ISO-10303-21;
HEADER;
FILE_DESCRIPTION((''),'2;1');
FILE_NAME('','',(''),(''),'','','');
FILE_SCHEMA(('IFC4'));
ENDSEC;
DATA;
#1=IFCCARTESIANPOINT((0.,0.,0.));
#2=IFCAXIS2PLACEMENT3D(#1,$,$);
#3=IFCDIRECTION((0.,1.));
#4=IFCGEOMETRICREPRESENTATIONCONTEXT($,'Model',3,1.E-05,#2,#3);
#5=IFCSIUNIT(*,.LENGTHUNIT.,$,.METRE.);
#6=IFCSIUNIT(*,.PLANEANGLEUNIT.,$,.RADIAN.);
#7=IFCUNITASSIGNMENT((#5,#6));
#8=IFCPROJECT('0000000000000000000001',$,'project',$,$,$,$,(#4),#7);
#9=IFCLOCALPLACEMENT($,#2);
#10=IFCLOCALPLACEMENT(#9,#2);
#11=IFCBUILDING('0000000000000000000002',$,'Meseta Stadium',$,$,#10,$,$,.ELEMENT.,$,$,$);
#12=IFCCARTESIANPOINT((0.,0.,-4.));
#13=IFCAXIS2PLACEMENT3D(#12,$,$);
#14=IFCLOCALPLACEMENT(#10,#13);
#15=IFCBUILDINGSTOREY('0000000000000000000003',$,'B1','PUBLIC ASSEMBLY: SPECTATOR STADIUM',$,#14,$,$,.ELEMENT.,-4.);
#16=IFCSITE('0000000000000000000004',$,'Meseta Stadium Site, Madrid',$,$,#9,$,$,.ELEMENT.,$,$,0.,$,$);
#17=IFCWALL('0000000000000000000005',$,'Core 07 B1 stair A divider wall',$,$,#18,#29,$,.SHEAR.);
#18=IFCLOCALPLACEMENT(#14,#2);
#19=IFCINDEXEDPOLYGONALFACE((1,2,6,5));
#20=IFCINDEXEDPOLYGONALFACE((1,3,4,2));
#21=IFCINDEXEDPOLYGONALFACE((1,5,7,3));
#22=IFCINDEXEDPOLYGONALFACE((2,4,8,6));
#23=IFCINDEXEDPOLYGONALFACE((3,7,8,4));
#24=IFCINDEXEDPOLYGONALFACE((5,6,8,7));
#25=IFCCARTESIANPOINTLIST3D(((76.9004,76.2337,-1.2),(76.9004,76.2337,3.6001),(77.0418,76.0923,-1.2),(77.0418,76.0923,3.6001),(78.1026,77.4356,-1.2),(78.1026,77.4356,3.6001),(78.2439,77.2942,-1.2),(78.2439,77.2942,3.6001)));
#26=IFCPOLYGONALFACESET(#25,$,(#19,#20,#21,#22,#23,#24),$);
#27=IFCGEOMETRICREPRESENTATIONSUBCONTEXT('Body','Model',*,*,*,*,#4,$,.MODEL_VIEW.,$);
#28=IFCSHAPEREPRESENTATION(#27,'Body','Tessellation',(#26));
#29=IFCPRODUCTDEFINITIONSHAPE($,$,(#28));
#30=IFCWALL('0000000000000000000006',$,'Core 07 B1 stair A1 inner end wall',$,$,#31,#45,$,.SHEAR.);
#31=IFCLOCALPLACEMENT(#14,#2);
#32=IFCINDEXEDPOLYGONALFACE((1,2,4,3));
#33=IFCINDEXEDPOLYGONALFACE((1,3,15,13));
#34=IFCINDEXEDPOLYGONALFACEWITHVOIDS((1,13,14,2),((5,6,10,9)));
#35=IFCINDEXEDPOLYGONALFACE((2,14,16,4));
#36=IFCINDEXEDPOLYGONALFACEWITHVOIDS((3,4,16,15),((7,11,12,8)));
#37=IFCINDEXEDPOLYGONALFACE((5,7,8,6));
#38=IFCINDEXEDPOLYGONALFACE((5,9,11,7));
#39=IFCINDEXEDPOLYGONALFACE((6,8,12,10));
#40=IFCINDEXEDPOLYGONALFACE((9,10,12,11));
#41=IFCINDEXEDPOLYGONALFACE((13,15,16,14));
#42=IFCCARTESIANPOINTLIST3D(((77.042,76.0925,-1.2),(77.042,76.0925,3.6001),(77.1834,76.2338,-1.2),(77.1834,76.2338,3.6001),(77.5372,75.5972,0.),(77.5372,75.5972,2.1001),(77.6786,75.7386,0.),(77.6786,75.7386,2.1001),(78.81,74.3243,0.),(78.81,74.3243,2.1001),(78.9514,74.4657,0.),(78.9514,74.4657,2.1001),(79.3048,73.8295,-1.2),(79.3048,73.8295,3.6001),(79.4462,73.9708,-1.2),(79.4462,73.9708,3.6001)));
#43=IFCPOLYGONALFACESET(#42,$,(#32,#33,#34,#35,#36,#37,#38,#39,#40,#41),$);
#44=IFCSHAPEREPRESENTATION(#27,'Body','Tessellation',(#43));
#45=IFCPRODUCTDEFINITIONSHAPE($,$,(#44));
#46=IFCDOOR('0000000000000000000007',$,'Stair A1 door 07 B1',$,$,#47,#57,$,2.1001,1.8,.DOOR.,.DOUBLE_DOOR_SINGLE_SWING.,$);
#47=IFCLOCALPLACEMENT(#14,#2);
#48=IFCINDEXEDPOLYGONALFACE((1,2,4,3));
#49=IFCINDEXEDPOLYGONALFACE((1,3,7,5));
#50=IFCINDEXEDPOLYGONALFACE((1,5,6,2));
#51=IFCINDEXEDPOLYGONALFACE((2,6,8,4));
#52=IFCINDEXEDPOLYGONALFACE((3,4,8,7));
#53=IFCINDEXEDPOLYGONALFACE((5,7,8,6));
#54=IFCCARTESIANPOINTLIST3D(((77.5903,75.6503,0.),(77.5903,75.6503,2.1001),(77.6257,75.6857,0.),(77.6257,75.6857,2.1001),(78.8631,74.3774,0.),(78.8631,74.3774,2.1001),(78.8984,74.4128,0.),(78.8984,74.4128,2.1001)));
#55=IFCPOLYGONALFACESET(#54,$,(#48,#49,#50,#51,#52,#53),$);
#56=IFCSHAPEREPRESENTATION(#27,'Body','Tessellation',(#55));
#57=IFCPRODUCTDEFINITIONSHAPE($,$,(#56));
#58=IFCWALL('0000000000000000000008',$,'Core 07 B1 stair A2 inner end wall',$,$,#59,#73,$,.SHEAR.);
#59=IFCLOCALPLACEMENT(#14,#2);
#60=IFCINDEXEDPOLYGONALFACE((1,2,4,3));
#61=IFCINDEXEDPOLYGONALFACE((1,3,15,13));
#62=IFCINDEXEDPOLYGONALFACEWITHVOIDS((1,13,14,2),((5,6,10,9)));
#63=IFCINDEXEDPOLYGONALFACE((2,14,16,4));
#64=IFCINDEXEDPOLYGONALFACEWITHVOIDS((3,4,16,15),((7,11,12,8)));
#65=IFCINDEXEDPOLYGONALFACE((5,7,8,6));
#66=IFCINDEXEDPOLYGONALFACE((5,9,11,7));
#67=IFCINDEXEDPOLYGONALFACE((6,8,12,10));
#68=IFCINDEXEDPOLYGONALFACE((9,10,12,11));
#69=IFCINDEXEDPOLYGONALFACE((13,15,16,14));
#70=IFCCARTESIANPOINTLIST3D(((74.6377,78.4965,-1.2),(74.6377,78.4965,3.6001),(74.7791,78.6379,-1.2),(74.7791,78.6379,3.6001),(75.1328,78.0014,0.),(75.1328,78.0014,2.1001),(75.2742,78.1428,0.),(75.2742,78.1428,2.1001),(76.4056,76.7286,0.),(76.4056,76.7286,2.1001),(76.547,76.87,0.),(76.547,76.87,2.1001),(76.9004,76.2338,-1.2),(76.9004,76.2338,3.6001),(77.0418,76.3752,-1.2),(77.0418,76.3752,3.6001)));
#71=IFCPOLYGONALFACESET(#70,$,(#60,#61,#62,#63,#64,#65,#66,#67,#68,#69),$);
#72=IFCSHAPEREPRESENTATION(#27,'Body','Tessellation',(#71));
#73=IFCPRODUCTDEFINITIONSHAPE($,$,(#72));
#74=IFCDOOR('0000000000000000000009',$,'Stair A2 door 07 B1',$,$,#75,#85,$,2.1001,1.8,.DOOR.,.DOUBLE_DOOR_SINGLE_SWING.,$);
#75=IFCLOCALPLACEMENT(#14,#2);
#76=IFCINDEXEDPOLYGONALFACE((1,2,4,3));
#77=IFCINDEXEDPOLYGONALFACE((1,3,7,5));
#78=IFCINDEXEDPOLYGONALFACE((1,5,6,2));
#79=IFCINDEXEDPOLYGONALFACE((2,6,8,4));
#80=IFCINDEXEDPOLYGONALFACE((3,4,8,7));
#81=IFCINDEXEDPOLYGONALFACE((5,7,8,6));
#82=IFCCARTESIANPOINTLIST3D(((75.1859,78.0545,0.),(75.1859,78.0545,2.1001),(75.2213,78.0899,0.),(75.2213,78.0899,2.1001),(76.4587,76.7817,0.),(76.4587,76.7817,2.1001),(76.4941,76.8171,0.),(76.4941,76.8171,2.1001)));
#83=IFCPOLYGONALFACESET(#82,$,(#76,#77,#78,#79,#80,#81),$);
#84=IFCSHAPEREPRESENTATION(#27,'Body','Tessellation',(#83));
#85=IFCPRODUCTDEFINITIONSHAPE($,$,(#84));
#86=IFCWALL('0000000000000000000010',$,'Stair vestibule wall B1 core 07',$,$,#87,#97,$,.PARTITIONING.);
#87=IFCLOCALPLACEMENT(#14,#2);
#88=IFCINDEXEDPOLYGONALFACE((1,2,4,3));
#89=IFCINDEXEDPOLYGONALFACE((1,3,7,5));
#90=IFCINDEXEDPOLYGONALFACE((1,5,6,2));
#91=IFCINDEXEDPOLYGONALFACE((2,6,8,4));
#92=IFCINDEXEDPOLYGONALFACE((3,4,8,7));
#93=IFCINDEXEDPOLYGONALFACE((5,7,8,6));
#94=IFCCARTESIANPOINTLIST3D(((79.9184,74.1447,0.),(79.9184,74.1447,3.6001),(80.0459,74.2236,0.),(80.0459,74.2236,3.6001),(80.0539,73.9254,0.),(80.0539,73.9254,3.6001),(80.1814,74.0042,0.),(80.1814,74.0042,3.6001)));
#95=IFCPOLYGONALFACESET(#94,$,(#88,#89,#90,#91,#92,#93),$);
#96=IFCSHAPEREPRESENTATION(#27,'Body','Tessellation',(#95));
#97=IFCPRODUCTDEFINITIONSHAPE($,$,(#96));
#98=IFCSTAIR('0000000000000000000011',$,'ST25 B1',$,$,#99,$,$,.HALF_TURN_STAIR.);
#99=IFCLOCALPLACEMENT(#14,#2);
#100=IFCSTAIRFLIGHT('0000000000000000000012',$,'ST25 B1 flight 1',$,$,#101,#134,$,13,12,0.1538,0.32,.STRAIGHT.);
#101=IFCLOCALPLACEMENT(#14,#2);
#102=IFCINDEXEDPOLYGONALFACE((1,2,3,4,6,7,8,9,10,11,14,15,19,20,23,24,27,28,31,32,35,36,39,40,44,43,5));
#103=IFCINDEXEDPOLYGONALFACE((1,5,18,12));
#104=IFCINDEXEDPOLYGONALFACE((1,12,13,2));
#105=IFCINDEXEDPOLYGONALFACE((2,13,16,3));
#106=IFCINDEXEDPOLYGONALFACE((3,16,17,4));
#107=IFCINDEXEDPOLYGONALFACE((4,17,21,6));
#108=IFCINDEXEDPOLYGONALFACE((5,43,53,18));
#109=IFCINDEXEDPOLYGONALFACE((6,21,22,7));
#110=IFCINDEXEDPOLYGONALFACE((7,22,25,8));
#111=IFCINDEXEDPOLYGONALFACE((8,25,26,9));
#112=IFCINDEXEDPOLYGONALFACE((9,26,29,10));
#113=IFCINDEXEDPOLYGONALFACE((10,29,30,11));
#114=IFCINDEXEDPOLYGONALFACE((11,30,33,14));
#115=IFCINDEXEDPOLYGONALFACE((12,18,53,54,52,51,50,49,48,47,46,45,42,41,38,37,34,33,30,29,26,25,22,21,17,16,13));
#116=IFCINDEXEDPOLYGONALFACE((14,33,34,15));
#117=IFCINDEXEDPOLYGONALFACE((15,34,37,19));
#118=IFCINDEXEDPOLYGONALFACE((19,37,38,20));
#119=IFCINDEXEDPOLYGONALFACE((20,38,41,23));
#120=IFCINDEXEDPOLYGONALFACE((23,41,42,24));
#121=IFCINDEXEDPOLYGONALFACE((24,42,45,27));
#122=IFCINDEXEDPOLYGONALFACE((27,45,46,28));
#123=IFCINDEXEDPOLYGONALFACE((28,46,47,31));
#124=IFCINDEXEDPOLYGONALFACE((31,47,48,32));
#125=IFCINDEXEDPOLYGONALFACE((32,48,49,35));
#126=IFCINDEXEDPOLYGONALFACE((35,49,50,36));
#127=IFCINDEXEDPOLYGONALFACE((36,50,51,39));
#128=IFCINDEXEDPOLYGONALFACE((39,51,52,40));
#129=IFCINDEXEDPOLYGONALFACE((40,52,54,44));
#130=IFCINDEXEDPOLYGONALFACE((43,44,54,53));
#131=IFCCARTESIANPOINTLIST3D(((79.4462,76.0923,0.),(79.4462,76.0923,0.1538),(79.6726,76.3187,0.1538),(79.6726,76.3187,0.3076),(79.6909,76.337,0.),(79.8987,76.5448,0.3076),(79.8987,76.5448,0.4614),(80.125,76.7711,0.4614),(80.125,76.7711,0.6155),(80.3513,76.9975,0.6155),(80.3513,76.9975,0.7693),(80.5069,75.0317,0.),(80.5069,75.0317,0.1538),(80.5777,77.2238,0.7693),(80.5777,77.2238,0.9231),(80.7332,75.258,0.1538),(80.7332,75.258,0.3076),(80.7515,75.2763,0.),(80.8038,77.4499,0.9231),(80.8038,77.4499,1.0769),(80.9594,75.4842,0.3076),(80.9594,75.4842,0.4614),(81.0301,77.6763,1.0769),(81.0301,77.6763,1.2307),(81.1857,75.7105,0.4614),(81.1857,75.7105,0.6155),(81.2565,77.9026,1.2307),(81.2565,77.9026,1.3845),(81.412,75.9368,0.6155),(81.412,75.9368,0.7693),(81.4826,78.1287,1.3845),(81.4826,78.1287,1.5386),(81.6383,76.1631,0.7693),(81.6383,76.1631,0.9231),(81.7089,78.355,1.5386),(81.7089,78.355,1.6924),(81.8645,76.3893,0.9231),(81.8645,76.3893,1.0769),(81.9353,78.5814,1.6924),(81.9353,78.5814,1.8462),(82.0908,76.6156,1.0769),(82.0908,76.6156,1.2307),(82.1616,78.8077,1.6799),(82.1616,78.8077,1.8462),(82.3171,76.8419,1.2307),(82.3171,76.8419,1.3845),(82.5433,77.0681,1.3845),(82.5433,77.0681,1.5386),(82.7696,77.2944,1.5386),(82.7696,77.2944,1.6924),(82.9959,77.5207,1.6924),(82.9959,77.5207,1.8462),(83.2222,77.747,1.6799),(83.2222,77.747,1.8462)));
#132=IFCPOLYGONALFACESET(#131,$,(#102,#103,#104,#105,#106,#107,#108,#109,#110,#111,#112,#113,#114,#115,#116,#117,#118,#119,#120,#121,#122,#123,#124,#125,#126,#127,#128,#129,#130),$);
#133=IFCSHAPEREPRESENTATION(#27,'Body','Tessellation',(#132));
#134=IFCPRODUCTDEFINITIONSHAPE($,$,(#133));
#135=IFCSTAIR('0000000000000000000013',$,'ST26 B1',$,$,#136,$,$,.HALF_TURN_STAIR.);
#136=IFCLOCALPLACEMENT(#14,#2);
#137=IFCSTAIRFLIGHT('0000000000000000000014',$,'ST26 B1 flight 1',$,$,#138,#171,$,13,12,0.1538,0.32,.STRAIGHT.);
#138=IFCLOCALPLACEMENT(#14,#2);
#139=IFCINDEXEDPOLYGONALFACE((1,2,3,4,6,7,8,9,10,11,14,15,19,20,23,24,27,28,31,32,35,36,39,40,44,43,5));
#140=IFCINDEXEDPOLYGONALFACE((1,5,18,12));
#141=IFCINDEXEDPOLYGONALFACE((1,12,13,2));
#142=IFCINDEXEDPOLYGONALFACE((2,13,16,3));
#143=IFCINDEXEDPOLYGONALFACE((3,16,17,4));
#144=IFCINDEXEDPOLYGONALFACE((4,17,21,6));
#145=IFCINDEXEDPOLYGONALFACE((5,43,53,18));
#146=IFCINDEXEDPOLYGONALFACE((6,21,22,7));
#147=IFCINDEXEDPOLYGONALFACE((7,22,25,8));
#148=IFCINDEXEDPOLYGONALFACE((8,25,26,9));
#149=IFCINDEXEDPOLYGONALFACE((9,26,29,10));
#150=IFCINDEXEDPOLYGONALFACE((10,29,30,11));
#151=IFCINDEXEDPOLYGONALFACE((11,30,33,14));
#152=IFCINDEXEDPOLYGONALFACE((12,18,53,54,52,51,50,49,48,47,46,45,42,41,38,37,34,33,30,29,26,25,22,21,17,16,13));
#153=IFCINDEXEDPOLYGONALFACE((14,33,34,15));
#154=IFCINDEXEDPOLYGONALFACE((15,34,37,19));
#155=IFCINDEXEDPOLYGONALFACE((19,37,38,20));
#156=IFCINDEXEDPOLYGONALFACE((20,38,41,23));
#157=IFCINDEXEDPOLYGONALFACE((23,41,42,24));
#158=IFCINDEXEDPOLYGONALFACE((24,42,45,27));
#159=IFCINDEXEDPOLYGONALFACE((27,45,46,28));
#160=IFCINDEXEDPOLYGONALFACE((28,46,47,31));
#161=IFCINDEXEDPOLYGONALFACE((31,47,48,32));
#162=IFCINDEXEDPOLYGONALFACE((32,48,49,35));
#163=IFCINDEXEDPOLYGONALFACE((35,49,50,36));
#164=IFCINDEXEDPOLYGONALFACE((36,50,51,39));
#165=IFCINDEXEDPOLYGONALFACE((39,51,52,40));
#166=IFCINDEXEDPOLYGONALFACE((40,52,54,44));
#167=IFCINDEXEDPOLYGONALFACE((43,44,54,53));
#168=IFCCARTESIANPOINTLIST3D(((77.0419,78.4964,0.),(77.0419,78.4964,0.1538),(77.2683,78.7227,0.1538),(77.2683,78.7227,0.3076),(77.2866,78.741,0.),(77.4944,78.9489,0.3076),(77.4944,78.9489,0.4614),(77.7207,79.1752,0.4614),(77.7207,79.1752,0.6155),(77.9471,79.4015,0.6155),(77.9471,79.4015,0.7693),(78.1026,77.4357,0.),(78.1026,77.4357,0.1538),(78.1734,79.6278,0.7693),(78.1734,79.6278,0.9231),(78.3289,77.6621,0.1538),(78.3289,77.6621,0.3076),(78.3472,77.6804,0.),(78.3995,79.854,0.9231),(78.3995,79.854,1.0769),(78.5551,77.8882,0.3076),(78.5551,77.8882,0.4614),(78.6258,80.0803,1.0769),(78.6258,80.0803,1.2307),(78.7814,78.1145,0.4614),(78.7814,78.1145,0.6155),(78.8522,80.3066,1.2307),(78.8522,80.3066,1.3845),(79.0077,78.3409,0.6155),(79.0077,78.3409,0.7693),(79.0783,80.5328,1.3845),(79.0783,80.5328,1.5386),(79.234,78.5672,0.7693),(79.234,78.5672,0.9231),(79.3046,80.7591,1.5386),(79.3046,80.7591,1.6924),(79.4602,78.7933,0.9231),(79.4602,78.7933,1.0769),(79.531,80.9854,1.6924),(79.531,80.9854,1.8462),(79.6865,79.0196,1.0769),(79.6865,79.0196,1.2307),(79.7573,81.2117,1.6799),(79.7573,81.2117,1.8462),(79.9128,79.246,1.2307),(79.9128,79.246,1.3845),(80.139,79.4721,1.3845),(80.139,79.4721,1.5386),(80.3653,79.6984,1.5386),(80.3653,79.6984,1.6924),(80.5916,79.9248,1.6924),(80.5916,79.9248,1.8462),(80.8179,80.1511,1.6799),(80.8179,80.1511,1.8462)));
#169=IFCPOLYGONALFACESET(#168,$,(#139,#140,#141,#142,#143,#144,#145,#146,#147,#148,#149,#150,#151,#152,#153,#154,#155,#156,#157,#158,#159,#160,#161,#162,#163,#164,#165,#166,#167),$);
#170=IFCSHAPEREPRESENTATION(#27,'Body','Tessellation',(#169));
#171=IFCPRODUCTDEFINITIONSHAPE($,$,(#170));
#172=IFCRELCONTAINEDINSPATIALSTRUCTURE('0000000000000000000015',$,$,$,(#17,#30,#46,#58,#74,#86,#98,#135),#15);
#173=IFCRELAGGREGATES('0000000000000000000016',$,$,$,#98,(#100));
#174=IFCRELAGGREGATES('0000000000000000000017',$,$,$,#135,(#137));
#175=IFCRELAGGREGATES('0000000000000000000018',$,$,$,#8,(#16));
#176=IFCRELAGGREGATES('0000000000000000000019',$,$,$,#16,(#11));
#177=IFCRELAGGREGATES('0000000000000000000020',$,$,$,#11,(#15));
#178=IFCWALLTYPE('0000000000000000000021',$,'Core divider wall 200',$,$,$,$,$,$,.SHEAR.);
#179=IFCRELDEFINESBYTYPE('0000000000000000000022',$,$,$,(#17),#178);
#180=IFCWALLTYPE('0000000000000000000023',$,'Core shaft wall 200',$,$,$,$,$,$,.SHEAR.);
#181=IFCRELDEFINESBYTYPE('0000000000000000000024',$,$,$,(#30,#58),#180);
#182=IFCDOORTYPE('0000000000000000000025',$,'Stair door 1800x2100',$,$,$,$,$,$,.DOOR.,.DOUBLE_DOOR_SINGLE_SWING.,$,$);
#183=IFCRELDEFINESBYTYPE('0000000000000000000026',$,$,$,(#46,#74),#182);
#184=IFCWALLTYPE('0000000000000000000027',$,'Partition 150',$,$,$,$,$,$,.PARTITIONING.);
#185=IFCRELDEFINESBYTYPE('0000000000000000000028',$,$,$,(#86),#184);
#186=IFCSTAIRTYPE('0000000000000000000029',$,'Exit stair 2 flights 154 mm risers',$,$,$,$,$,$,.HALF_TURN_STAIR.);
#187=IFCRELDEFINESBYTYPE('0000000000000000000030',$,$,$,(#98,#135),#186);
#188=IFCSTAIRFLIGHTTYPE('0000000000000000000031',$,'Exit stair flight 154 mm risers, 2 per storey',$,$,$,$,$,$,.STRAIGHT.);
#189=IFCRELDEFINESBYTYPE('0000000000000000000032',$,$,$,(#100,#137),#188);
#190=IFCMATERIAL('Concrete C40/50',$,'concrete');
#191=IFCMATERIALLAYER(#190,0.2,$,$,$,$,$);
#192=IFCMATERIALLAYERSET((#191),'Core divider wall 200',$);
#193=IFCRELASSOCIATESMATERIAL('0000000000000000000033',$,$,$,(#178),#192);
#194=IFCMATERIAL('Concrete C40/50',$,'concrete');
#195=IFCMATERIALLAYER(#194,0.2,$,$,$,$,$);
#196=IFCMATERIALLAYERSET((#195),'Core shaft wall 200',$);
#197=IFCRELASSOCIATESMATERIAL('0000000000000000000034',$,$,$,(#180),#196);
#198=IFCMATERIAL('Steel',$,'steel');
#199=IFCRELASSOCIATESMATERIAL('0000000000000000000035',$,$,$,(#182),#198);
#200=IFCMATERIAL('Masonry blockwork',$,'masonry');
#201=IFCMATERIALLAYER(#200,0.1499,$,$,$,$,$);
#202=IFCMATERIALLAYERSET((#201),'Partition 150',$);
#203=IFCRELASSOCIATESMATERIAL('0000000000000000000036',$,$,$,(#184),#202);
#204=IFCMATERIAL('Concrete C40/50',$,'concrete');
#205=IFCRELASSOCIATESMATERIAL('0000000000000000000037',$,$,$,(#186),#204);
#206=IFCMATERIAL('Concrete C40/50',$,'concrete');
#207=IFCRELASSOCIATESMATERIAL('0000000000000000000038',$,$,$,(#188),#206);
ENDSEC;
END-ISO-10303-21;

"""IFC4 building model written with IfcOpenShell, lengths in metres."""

from ifc_helpers import new_model, si_unit, direction, frame, frame_2d, origin, place, context, subcontext, project, spatial, polyline, rectangle, outline, extrude, material, layer, layer_set, type_object, element, fill, aggregate, save


model = new_model("IFC4")

# Units and contexts
model_context = context("Model", 3, precision=1e-05, world=origin(), true_north=direction((0.0, 1.0)))
body_context = subcontext(model_context, "Body", "Model", "MODEL_VIEW")
ifc_project = project(units=[si_unit("LENGTHUNIT", "METRE"), si_unit("PLANEANGLEUNIT", "RADIAN")], contexts=[model_context])

# Site, building, storey
site_placement = place(None, origin())
site = spatial("IfcSite", under=ifc_project, at=site_placement, Name="Meseta Stadium Site, Madrid", CompositionType="ELEMENT", RefElevation=0.0)
building_placement = place(site_placement, origin())
building = spatial("IfcBuilding", under=site, at=building_placement, Name="Meseta Stadium", CompositionType="ELEMENT")
storey_placement = place(building_placement, frame((0.0, 0.0, -4.0)))
storey = spatial("IfcBuildingStorey", under=building, at=storey_placement, Name="B1", Description="PUBLIC ASSEMBLY: SPECTATOR STADIUM", CompositionType="ELEMENT", Elevation=-4.0)

# Wall
ifc_material_1 = material(Name="Concrete C40/50", Category="concrete")
ifc_layer_1 = layer(ifc_material_1, 0.2)
ifc_layer_set_1 = layer_set([ifc_layer_1], Name="Core divider wall 200")
wall_type_1 = type_object("IfcWallType", Name="Core divider wall 200", PredefinedType="SHEAR", material=ifc_layer_set_1)
wall_1_placement = place(storey_placement, frame((78.1733, 77.365, -1.2), z_axis=(0.0, 0.0, 1.0), x_axis=(-0.707179, -0.707035, 0.0)))
element("IfcWall", 1, at=wall_1_placement, inside=storey, type_object=wall_type_1, Name="Core 07 B1 stair A divider wall", PredefinedType="SHEAR", context=body_context, shape_type="SweptSolid", body=[
    extrude(rectangle(XDim=1.7, YDim=0.2, at=frame_2d((0.8501, 0.0))), origin(), (0.0, 0.0, 1.0), 4.8),
])

# Walls, openings, doors
ifc_material_2 = material(Name="Concrete C40/50", Category="concrete")
ifc_layer_2 = layer(ifc_material_2, 0.2)
ifc_layer_set_2 = layer_set([ifc_layer_2], Name="Core shaft wall 200")
wall_type_2 = type_object("IfcWallType", Name="Core shaft wall 200", PredefinedType="SHEAR", material=ifc_layer_set_2)
wall_2_placement = place(storey_placement, frame((79.3755, 73.9001, -1.2), z_axis=(0.0, 0.0, 1.0), x_axis=(-0.707069, 0.707145, 0.0)))
wall_2 = element("IfcWall", 2, at=wall_2_placement, inside=storey, type_object=wall_type_2, Name="Core 07 B1 stair A1 inner end wall", PredefinedType="SHEAR", context=body_context, shape_type="SweptSolid", body=[
    extrude(rectangle(XDim=3.2002, YDim=0.2, at=frame_2d((1.6001, 0.0))), origin(), (0.0, 0.0, 1.0), 4.8),
])
opening_1_placement = place(wall_2_placement, frame((0.7, 0.0, 1.2)))
opening_1 = element("IfcOpeningElement", 3, at=opening_1_placement, cuts=wall_2, PredefinedType="OPENING", context=body_context, shape_type="SweptSolid", body=[
    extrude(rectangle(XDim=1.8, YDim=2.1001, at=frame_2d((0.8999, 1.05))), frame((0.0, 0.1099, 0.0), z_axis=(0.0, -1.0, 0.0), x_axis=(1.0, 0.0, 0.0)), (0.0, 0.0, 1.0), 0.22),
])
ifc_material_3 = material(Name="Steel", Category="steel")
door_type = type_object("IfcDoorType", Name="Stair door 1800x2100", OperationType="DOUBLE_DOOR_SINGLE_SWING", PredefinedType="DOOR", material=ifc_material_3)
door_1_placement = place(opening_1_placement, origin())
door_1 = element("IfcDoor", 4, at=door_1_placement, inside=storey, type_object=door_type, Name="Stair A1 door 07 B1", OperationType="DOUBLE_DOOR_SINGLE_SWING", OverallHeight=2.1001, OverallWidth=1.8, PredefinedType="DOOR", context=body_context, shape_type="SweptSolid", body=[
    extrude(rectangle(XDim=1.8, YDim=2.1001, at=frame_2d((0.8999, 1.05))), frame((0.0, 0.0249, 0.0), z_axis=(0.0, -1.0, 0.0), x_axis=(1.0, 0.0, 0.0)), (0.0, 0.0, 1.0), 0.05),
])
fill(opening_1, door_1)
wall_3_placement = place(storey_placement, frame((76.9712, 76.3044, -1.2), z_axis=(0.0, 0.0, 1.0), x_axis=(-0.707107, 0.707107, 0.0)))
wall_3 = element("IfcWall", 5, at=wall_3_placement, inside=storey, type_object=wall_type_2, Name="Core 07 B1 stair A2 inner end wall", PredefinedType="SHEAR", context=body_context, shape_type="SweptSolid", body=[
    extrude(rectangle(XDim=3.2, YDim=0.2, at=frame_2d((1.6001, 0.0))), origin(), (0.0, 0.0, 1.0), 4.8),
])
opening_2_placement = place(wall_3_placement, frame((0.7, 0.0, 1.2)))
opening_2 = element("IfcOpeningElement", 6, at=opening_2_placement, cuts=wall_3, PredefinedType="OPENING", context=body_context, shape_type="SweptSolid", body=[
    extrude(rectangle(XDim=1.8, YDim=2.1001, at=frame_2d((0.8999, 1.05))), frame((0.0, 0.1099, 0.0), z_axis=(0.0, -1.0, 0.0), x_axis=(1.0, 0.0, 0.0)), (0.0, 0.0, 1.0), 0.22),
])
door_2_placement = place(opening_2_placement, origin())
door_2 = element("IfcDoor", 7, at=door_2_placement, inside=storey, type_object=door_type, Name="Stair A2 door 07 B1", OperationType="DOUBLE_DOOR_SINGLE_SWING", OverallHeight=2.1001, OverallWidth=1.8, PredefinedType="DOOR", context=body_context, shape_type="SweptSolid", body=[
    extrude(rectangle(XDim=1.8, YDim=2.1001, at=frame_2d((0.8999, 1.05))), frame((0.0, 0.0249, 0.0), z_axis=(0.0, -1.0, 0.0), x_axis=(1.0, 0.0, 0.0)), (0.0, 0.0, 1.0), 0.05),
])
fill(opening_2, door_2)

# Wall
ifc_material_4 = material(Name="Masonry blockwork", Category="masonry")
ifc_layer_3 = layer(ifc_material_4, 0.1499)
ifc_layer_set_3 = layer_set([ifc_layer_3], Name="Partition 150")
wall_type_3 = type_object("IfcWallType", Name="Partition 150", PredefinedType="PARTITIONING", material=ifc_layer_set_3)
wall_4_placement = place(storey_placement, frame((80.1177, 73.9648, 0.0), z_axis=(0.0, 0.0, 1.0), x_axis=(-0.525735, 0.850648, 0.0)))
element("IfcWall", 8, at=wall_4_placement, inside=storey, type_object=wall_type_3, Name="Stair vestibule wall B1 core 07", PredefinedType="PARTITIONING", context=body_context, shape_type="SweptSolid", body=[
    extrude(rectangle(XDim=0.2578, YDim=0.1499, at=frame_2d((0.1289, 0.0))), origin(), (0.0, 0.0, 1.0), 3.6001),
])

# Stair, stair flight
ifc_material_5 = material(Name="Concrete C40/50", Category="concrete")
stair_type = type_object("IfcStairType", Name="Exit stair 2 flights 154 mm risers", PredefinedType="HALF_TURN_STAIR", material=ifc_material_5)
stair_1_placement = place(storey_placement, origin())
stair_1 = element("IfcStair", 9, at=stair_1_placement, inside=storey, type_object=stair_type, Name="ST25 B1", PredefinedType="HALF_TURN_STAIR")
ifc_material_6 = material(Name="Concrete C40/50", Category="concrete")
stair_flight_type = type_object("IfcStairFlightType", Name="Exit stair flight 154 mm risers, 2 per storey", PredefinedType="STRAIGHT", material=ifc_material_6)
stair_flight_1_placement = place(storey_placement, frame((79.9766, 75.562, 0.0), z_axis=(0.0, 0.0, 1.0), x_axis=(0.707107, 0.707107, 0.0)))
stair_flight_1 = element("IfcStairFlight", 10, at=stair_flight_1_placement, type_object=stair_flight_type, Name="ST25 B1 flight 1", NumberOfRisers=13, NumberOfTreads=12, PredefinedType="STRAIGHT", RiserHeight=0.1538, TreadLength=0.32, context=body_context, shape_type="SweptSolid", body=[
    extrude(outline(polyline([(0.0, 0.0), (0.0, 0.1538), (0.3201, 0.1538), (0.3201, 0.3076), (0.6399, 0.3076), (0.6399, 0.4614), (0.96, 0.4614), (0.96, 0.6155), (1.28, 0.6155), (1.28, 0.7693), (1.6001, 0.7693), (1.6001, 0.9231), (1.9199, 0.9231), (1.9199, 1.0769), (2.24, 1.0769), (2.24, 1.2307), (2.5601, 1.2307), (2.5601, 1.3845), (2.8799, 1.3845), (2.8799, 1.5386), (3.2, 1.5386), (3.2, 1.6924), (3.52, 1.6924), (3.52, 1.8462), (3.8401, 1.8462), (3.8401, 1.6799), (0.3459, 0.0), (0.0, 0.0)])), frame((0.0, 0.75, 0.0), z_axis=(0.0, -1.0, 0.0), x_axis=(1.0, 0.0, 0.0)), (0.0, 0.0, 1.0), 1.5),
])
aggregate(stair_1, [stair_flight_1])

# Stair, stair flight
stair_2_placement = place(storey_placement, origin())
stair_2 = element("IfcStair", 11, at=stair_2_placement, inside=storey, type_object=stair_type, Name="ST26 B1", PredefinedType="HALF_TURN_STAIR")
stair_flight_2_placement = place(storey_placement, frame((77.5723, 77.9661, 0.0), z_axis=(0.0, 0.0, 1.0), x_axis=(0.707107, 0.707107, 0.0)))
stair_flight_2 = element("IfcStairFlight", 12, at=stair_flight_2_placement, type_object=stair_flight_type, Name="ST26 B1 flight 1", NumberOfRisers=13, NumberOfTreads=12, PredefinedType="STRAIGHT", RiserHeight=0.1538, TreadLength=0.32, context=body_context, shape_type="SweptSolid", body=[
    extrude(outline(polyline([(0.0, 0.0), (0.0, 0.1538), (0.3201, 0.1538), (0.3201, 0.3076), (0.6399, 0.3076), (0.6399, 0.4614), (0.96, 0.4614), (0.96, 0.6155), (1.28, 0.6155), (1.28, 0.7693), (1.6001, 0.7693), (1.6001, 0.9231), (1.9199, 0.9231), (1.9199, 1.0769), (2.24, 1.0769), (2.24, 1.2307), (2.5601, 1.2307), (2.5601, 1.3845), (2.8799, 1.3845), (2.8799, 1.5386), (3.2, 1.5386), (3.2, 1.6924), (3.52, 1.6924), (3.52, 1.8462), (3.8401, 1.8462), (3.8401, 1.6799), (0.3459, 0.0), (0.0, 0.0)])), frame((0.0, 0.75, 0.0), z_axis=(0.0, -1.0, 0.0), x_axis=(1.0, 0.0, 0.0)), (0.0, 0.0, 1.0), 1.5),
])
aggregate(stair_2, [stair_flight_2])

save(model, "model.ifc")
